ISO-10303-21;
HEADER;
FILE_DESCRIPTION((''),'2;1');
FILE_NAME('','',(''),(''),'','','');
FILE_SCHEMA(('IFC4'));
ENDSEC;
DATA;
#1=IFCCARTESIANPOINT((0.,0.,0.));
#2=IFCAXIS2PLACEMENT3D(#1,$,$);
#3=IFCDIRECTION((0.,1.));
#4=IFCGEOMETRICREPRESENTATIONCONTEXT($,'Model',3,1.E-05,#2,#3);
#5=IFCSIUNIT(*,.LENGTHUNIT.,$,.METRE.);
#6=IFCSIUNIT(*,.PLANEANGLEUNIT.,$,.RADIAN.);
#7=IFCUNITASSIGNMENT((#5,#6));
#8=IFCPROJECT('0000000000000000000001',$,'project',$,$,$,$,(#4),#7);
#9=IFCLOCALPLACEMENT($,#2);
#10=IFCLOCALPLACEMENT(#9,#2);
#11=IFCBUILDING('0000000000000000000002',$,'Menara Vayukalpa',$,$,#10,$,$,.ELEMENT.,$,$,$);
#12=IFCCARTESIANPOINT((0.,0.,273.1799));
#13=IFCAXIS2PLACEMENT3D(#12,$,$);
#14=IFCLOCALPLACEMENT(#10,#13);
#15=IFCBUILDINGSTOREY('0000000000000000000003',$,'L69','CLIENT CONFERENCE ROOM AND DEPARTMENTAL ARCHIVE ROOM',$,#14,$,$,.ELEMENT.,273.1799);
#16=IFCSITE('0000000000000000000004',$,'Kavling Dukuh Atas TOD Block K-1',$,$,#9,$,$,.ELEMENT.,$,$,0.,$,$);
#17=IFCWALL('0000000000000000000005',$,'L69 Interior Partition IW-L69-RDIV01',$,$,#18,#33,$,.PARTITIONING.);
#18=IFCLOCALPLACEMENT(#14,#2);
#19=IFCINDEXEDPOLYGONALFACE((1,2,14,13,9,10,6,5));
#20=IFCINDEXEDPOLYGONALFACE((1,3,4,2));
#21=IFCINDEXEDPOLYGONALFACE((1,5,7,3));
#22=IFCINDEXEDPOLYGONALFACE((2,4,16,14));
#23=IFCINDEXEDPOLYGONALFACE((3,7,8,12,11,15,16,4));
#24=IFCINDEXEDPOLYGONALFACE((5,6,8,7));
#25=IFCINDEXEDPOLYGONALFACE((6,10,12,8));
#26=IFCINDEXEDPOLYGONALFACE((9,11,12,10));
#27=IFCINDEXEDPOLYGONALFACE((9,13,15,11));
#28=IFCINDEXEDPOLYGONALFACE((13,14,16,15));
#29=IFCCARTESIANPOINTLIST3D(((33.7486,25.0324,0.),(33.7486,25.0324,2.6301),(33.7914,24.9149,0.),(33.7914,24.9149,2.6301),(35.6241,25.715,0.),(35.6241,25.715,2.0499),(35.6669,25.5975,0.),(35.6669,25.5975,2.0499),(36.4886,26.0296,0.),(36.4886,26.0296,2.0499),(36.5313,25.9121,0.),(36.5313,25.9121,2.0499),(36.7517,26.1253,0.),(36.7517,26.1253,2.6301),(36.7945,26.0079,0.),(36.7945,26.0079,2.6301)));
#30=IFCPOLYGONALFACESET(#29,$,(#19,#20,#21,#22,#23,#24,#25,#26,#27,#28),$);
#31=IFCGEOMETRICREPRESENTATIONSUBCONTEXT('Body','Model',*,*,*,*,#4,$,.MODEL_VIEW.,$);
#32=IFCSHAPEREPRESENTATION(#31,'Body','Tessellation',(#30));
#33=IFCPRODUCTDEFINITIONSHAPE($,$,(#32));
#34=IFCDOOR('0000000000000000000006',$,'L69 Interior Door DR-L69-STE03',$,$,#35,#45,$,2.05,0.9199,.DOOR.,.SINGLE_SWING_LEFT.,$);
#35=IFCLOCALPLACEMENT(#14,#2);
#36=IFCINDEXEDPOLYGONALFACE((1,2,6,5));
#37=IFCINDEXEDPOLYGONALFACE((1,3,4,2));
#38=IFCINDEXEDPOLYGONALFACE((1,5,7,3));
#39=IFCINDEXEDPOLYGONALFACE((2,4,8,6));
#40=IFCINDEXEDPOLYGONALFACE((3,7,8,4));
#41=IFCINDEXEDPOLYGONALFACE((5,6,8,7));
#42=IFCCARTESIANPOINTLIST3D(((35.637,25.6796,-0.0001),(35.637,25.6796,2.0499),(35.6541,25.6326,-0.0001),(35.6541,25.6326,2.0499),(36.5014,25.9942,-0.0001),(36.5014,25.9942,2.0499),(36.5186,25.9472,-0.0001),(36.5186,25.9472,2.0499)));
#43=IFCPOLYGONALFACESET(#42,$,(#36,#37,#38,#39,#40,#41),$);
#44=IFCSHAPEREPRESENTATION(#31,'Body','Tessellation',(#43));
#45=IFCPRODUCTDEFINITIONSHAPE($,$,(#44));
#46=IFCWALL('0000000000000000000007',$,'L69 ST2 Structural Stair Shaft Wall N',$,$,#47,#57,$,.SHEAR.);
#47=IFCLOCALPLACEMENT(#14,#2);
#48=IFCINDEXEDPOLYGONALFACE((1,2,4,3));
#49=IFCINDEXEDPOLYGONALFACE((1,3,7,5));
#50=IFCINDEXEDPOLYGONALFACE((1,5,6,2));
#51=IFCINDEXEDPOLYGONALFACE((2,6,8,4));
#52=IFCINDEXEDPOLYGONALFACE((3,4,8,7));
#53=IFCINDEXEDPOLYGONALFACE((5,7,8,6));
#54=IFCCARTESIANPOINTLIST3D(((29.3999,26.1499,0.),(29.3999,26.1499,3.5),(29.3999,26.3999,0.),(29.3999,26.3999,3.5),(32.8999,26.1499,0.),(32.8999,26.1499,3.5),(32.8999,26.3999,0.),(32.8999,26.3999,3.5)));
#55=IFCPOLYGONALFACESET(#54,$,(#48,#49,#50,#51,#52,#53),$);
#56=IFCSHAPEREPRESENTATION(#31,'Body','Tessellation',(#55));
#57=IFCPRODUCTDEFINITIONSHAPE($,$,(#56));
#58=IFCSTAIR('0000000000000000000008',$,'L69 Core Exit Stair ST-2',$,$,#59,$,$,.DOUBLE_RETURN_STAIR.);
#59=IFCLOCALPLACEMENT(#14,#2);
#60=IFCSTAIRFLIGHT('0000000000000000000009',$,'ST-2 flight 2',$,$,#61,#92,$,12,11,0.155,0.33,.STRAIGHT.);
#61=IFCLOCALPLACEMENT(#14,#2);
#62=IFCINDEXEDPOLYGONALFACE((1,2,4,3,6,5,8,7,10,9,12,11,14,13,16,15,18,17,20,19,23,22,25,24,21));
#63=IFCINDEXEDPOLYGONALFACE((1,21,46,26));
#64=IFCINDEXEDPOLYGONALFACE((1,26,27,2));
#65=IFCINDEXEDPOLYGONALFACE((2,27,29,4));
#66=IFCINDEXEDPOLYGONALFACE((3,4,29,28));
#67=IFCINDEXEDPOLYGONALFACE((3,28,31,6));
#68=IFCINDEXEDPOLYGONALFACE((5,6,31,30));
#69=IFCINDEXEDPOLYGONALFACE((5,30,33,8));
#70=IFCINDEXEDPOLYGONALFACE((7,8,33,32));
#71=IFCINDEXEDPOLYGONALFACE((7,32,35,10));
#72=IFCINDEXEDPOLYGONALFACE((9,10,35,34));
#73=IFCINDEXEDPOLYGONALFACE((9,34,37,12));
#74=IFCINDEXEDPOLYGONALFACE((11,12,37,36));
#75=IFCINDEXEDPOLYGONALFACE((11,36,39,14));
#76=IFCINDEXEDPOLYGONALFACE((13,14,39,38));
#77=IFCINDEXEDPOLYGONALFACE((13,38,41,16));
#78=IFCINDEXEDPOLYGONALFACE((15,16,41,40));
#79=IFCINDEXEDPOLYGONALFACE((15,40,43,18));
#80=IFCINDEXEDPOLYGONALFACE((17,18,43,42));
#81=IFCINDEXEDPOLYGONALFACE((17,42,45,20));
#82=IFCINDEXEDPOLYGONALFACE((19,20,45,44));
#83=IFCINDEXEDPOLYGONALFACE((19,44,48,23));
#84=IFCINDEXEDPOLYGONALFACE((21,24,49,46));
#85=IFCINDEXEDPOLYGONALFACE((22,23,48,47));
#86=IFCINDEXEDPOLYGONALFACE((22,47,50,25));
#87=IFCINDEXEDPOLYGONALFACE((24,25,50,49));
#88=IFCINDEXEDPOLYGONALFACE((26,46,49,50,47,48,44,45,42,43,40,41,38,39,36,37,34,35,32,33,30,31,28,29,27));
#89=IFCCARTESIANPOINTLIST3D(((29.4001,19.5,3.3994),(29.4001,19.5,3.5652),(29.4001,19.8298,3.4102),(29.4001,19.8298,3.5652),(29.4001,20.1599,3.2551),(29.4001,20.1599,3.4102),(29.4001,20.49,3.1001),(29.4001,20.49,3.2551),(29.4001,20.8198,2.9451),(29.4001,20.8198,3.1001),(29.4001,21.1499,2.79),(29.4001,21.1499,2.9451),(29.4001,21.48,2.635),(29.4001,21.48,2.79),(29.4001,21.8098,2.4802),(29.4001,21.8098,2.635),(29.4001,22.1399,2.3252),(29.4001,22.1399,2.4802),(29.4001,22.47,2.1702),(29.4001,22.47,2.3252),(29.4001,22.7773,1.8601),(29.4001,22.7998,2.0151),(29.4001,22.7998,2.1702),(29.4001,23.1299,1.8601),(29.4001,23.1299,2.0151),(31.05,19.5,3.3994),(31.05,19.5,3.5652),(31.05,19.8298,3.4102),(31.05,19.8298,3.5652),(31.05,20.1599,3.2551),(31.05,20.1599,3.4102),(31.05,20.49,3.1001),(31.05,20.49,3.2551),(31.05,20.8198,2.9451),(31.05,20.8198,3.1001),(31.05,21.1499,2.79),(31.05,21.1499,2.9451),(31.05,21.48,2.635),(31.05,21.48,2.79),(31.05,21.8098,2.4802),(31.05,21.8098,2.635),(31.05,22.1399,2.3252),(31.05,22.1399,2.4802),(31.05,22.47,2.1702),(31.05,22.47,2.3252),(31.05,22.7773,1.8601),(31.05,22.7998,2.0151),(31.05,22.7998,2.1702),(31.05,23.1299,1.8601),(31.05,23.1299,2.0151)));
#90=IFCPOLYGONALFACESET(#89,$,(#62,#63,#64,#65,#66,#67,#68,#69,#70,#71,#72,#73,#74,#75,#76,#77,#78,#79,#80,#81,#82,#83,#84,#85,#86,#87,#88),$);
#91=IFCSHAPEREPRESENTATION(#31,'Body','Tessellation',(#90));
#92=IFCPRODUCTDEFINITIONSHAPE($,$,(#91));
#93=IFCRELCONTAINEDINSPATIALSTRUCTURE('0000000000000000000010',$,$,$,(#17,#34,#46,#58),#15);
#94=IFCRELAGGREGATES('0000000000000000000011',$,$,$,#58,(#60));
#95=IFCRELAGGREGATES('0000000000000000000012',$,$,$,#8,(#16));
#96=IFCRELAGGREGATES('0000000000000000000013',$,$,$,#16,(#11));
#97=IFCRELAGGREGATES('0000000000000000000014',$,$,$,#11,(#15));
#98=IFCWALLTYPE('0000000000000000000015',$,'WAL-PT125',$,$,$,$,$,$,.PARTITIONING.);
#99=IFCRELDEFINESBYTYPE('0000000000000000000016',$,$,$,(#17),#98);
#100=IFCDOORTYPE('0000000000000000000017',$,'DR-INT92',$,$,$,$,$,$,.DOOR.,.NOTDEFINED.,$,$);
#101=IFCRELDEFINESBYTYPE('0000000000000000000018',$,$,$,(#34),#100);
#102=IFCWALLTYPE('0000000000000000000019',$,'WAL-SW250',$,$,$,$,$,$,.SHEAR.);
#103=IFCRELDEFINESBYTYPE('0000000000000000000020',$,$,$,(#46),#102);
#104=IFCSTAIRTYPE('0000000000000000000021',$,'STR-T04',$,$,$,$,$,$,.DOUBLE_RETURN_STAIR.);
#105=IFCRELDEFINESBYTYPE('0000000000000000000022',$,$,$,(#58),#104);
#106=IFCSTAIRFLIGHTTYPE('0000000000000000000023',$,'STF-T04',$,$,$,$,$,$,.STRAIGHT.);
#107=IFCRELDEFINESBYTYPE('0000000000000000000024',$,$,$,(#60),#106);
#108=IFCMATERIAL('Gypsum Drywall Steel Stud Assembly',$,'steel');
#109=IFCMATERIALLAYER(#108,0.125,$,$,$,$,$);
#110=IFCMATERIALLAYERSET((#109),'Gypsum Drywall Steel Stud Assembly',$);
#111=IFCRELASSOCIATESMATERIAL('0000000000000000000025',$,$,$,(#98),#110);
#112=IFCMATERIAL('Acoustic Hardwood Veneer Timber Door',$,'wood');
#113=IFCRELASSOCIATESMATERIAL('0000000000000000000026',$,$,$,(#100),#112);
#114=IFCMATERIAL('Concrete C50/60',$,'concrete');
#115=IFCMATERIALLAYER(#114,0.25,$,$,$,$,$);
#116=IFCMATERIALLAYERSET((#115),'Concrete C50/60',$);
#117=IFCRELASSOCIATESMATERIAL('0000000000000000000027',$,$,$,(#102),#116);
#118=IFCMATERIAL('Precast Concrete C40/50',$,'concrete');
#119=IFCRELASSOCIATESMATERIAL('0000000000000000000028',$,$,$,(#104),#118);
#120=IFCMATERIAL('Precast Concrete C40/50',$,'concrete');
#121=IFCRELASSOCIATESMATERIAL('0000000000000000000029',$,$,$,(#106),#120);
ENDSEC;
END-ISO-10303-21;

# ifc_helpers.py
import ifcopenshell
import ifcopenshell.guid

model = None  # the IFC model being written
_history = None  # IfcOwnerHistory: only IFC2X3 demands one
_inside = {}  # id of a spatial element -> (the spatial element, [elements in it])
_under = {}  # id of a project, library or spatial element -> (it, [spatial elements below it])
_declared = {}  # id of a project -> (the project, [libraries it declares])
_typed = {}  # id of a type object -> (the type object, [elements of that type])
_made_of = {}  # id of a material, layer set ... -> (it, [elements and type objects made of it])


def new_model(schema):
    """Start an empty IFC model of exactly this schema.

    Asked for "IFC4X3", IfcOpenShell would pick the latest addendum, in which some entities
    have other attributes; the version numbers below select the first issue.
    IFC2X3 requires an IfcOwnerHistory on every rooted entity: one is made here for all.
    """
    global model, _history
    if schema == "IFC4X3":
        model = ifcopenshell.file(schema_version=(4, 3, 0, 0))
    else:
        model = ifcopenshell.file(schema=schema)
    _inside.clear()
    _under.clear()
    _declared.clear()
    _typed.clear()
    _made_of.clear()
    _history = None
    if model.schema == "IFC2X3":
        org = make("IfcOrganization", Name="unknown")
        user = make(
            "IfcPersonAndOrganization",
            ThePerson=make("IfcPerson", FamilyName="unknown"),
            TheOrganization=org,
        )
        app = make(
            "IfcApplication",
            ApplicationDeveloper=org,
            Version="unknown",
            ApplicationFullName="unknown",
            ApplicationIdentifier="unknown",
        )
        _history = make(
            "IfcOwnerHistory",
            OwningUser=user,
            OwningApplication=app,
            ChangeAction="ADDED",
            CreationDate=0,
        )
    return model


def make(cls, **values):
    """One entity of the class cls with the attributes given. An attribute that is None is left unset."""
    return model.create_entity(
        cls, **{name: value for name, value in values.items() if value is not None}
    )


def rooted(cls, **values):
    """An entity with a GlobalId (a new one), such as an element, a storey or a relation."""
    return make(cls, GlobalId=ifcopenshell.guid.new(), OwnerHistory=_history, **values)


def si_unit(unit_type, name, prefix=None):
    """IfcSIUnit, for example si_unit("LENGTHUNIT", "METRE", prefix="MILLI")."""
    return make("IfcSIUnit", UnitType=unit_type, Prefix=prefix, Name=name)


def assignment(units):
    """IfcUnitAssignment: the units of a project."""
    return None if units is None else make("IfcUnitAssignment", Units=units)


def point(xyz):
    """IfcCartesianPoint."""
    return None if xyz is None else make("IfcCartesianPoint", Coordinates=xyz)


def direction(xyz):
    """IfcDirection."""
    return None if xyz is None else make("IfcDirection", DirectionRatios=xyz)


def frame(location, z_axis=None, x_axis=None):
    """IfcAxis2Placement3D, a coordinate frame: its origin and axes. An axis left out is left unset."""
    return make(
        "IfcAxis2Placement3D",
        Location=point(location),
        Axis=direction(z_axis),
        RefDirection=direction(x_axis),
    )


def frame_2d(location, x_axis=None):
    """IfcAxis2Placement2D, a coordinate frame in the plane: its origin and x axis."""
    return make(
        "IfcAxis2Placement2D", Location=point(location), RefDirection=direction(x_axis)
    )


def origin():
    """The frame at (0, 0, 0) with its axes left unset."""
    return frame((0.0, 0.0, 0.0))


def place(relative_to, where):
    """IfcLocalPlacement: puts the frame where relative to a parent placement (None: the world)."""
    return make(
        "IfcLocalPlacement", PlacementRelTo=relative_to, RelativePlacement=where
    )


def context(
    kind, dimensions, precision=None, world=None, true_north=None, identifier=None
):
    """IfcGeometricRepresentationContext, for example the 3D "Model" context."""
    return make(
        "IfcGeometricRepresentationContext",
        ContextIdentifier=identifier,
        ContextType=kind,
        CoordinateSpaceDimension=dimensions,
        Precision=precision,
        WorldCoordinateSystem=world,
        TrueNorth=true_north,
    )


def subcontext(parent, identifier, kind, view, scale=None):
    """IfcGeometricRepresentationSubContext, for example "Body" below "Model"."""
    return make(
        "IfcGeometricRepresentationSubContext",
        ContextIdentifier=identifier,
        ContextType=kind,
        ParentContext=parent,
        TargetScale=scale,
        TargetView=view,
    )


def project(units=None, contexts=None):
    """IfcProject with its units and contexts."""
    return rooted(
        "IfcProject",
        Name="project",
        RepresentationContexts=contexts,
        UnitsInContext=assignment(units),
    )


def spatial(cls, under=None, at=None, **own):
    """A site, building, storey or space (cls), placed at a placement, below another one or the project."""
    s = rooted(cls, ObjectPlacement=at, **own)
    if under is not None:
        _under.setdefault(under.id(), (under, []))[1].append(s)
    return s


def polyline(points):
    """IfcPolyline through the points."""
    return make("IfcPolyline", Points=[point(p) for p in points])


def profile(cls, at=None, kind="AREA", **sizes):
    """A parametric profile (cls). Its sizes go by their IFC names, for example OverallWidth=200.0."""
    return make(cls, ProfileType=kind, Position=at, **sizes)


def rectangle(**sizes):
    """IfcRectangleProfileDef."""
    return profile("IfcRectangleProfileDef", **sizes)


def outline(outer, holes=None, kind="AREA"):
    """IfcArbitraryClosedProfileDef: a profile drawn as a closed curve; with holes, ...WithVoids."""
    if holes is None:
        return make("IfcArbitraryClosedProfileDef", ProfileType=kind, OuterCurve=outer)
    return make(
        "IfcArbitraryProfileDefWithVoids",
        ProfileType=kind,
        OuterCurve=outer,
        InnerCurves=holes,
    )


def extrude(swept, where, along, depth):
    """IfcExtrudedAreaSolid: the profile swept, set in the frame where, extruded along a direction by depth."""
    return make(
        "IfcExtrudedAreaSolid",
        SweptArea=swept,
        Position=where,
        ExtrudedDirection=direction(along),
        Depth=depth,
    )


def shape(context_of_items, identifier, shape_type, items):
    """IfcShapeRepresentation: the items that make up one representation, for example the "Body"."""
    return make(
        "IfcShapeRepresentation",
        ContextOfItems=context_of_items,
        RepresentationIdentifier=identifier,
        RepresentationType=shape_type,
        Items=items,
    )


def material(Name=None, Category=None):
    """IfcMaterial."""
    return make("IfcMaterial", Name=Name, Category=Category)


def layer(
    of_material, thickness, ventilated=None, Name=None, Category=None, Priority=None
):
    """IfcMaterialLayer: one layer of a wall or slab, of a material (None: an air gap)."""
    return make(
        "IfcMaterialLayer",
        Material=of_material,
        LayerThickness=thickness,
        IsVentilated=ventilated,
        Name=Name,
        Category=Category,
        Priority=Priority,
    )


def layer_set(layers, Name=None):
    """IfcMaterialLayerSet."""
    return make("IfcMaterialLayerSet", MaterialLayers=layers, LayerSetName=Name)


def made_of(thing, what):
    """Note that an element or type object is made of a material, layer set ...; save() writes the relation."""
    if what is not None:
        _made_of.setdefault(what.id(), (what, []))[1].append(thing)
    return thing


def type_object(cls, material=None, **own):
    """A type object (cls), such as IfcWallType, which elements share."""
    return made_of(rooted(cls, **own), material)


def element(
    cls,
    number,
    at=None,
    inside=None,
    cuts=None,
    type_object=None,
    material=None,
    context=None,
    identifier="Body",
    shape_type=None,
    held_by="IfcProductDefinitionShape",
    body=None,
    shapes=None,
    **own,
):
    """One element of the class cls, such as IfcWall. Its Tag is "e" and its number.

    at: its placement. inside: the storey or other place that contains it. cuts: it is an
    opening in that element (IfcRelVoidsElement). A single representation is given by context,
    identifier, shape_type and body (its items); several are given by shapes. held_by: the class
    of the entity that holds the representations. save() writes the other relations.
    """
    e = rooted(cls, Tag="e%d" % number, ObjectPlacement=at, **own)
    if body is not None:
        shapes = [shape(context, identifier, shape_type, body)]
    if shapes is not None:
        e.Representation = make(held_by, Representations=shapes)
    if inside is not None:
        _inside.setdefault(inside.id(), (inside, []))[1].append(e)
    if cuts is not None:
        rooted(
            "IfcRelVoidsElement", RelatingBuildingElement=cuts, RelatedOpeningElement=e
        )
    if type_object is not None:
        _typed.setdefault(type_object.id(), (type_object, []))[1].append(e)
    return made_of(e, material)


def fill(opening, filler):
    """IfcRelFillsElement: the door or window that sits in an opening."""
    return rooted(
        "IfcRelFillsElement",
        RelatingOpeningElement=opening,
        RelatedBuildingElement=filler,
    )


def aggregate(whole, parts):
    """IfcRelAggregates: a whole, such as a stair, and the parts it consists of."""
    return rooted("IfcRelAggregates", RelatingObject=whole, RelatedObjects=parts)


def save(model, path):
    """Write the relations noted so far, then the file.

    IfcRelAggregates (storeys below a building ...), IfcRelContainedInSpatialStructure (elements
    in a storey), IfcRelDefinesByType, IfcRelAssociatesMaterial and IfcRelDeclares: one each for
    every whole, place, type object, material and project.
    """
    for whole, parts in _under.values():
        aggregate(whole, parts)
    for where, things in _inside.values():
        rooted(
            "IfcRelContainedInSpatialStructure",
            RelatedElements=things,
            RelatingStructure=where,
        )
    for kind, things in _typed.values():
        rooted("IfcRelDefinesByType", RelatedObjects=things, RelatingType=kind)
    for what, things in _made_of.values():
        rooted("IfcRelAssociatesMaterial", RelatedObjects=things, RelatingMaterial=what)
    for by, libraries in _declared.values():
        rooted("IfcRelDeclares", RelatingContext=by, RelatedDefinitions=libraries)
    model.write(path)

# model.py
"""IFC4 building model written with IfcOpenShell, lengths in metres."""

from ifc_helpers import new_model, si_unit, direction, frame, frame_2d, origin, place, context, subcontext, project, spatial, polyline, rectangle, outline, extrude, material, layer, layer_set, type_object, element, fill, aggregate, save


model = new_model("IFC4")

# Units and contexts
model_context = context("Model", 3, precision=1e-05, world=origin(), true_north=direction((0.0, 1.0)))
body_context = subcontext(model_context, "Body", "Model", "MODEL_VIEW")
ifc_project = project(units=[si_unit("LENGTHUNIT", "METRE"), si_unit("PLANEANGLEUNIT", "RADIAN")], contexts=[model_context])

# Site, building, storey
site_placement = place(None, origin())
site = spatial("IfcSite", under=ifc_project, at=site_placement, Name="Kavling Dukuh Atas TOD Block K-1", CompositionType="ELEMENT", RefElevation=0.0)
building_placement = place(site_placement, origin())
building = spatial("IfcBuilding", under=site, at=building_placement, Name="Menara Vayukalpa", CompositionType="ELEMENT")
storey_placement = place(building_placement, frame((0.0, 0.0, 273.1799)))
storey = spatial("IfcBuildingStorey", under=building, at=storey_placement, Name="L69", Description="CLIENT CONFERENCE ROOM AND DEPARTMENTAL ARCHIVE ROOM", CompositionType="ELEMENT", Elevation=273.1799)

# Wall, opening, door
ifc_material_1 = material(Name="Gypsum Drywall Steel Stud Assembly", Category="steel")
ifc_layer_1 = layer(ifc_material_1, 0.125)
ifc_layer_set_1 = layer_set([ifc_layer_1], Name="Gypsum Drywall Steel Stud Assembly")
wall_type_1 = type_object("IfcWallType", Name="WAL-PT125", PredefinedType="PARTITIONING", material=ifc_layer_set_1)
wall_1_placement = place(storey_placement, frame((33.77, 24.9736, 0.0), z_axis=(0.0, 0.0, 1.0), x_axis=(0.939697, 0.342007, 0.0)))
wall_1 = element("IfcWall", 1, at=wall_1_placement, inside=storey, type_object=wall_type_1, Name="L69 Interior Partition IW-L69-RDIV01", PredefinedType="PARTITIONING", context=body_context, shape_type="SweptSolid", body=[
    extrude(rectangle(XDim=3.1958, YDim=0.125, at=frame_2d((1.5979, 0.0))), origin(), (0.0, 0.0, 1.0), 2.6301),
])
opening_placement = place(wall_1_placement, frame((1.9958, 0.0, 0.0)))
opening = element("IfcOpeningElement", 2, at=opening_placement, cuts=wall_1, PredefinedType="OPENING", context=body_context, shape_type="SweptSolid", body=[
    extrude(rectangle(XDim=0.9199, YDim=2.05, at=frame_2d((0.46, 1.0249))), frame((0.0, 0.0725, 0.0), z_axis=(0.0, -1.0, 0.0), x_axis=(1.0, 0.0, 0.0)), (0.0, 0.0, 1.0), 0.145),
])
ifc_material_2 = material(Name="Acoustic Hardwood Veneer Timber Door", Category="wood")
door_type = type_object("IfcDoorType", Name="DR-INT92", OperationType="NOTDEFINED", PredefinedType="DOOR", material=ifc_material_2)
door_placement = place(opening_placement, origin())
door = element("IfcDoor", 3, at=door_placement, inside=storey, type_object=door_type, Name="L69 Interior Door DR-L69-STE03", OperationType="SINGLE_SWING_LEFT", OverallHeight=2.05, OverallWidth=0.9199, PredefinedType="DOOR", context=body_context, shape_type="SweptSolid", body=[
    extrude(rectangle(XDim=0.9199, YDim=2.05, at=frame_2d((0.46, 1.0249))), frame((0.0, 0.0249, 0.0), z_axis=(0.0, -1.0, 0.0), x_axis=(1.0, 0.0, 0.0)), (0.0, 0.0, 1.0), 0.05),
])
fill(opening, door)

# Wall
ifc_material_3 = material(Name="Concrete C50/60", Category="concrete")
ifc_layer_2 = layer(ifc_material_3, 0.25)
ifc_layer_set_2 = layer_set([ifc_layer_2], Name="Concrete C50/60")
wall_type_2 = type_object("IfcWallType", Name="WAL-SW250", PredefinedType="SHEAR", material=ifc_layer_set_2)
wall_2_placement = place(storey_placement, frame((29.3999, 26.2749, 0.0), z_axis=(0.0, 0.0, 1.0), x_axis=(1.0, 0.0, 0.0)))
element("IfcWall", 4, at=wall_2_placement, inside=storey, type_object=wall_type_2, Name="L69 ST2 Structural Stair Shaft Wall N", PredefinedType="SHEAR", context=body_context, shape_type="SweptSolid", body=[
    extrude(rectangle(XDim=3.5, YDim=0.25, at=frame_2d((1.75, 0.0))), origin(), (0.0, 0.0, 1.0), 3.5),
])

# Stair, stair flight
ifc_material_4 = material(Name="Precast Concrete C40/50", Category="concrete")
stair_type = type_object("IfcStairType", Name="STR-T04", PredefinedType="DOUBLE_RETURN_STAIR", material=ifc_material_4)
stair_placement = place(storey_placement, origin())
stair = element("IfcStair", 5, at=stair_placement, inside=storey, type_object=stair_type, Name="L69 Core Exit Stair ST-2", PredefinedType="DOUBLE_RETURN_STAIR")
ifc_material_5 = material(Name="Precast Concrete C40/50", Category="concrete")
stair_flight_type = type_object("IfcStairFlightType", Name="STF-T04", PredefinedType="STRAIGHT", material=ifc_material_5)
stair_flight_placement = place(storey_placement, frame((30.2251, 23.1299, 1.8601), z_axis=(0.0, 0.0, 1.0), x_axis=(0.0, -1.0, 0.0)))
stair_flight = element("IfcStairFlight", 6, at=stair_flight_placement, type_object=stair_flight_type, Name="ST-2 flight 2", NumberOfRisers=12, NumberOfTreads=11, PredefinedType="STRAIGHT", RiserHeight=0.155, TreadLength=0.33, context=body_context, shape_type="SweptSolid", body=[
    extrude(outline(polyline([(0.0, 0.0), (0.0, 0.155), (0.3301, 0.155), (0.3301, 0.3101), (0.6599, 0.3101), (0.6599, 0.4651), (0.99, 0.4651), (0.99, 0.6201), (1.3201, 0.6201), (1.3201, 0.7749), (1.6499, 0.7749), (1.6499, 0.9299), (1.98, 0.9299), (1.98, 1.085), (2.3101, 1.085), (2.3101, 1.24), (2.6399, 1.24), (2.6399, 1.395), (2.97, 1.395), (2.97, 1.55), (3.3, 1.55), (3.3, 1.7051), (3.6299, 1.7051), (3.6299, 1.8601), (3.6299, 1.5393), (0.3525, 0.0), (0.0, 0.0)])), frame((0.0, 0.825, 0.0), z_axis=(0.0, -1.0, 0.0), x_axis=(1.0, 0.0, 0.0)), (0.0, 0.0, 1.0), 1.6499),
])
aggregate(stair, [stair_flight])

save(model, "model.ifc")
